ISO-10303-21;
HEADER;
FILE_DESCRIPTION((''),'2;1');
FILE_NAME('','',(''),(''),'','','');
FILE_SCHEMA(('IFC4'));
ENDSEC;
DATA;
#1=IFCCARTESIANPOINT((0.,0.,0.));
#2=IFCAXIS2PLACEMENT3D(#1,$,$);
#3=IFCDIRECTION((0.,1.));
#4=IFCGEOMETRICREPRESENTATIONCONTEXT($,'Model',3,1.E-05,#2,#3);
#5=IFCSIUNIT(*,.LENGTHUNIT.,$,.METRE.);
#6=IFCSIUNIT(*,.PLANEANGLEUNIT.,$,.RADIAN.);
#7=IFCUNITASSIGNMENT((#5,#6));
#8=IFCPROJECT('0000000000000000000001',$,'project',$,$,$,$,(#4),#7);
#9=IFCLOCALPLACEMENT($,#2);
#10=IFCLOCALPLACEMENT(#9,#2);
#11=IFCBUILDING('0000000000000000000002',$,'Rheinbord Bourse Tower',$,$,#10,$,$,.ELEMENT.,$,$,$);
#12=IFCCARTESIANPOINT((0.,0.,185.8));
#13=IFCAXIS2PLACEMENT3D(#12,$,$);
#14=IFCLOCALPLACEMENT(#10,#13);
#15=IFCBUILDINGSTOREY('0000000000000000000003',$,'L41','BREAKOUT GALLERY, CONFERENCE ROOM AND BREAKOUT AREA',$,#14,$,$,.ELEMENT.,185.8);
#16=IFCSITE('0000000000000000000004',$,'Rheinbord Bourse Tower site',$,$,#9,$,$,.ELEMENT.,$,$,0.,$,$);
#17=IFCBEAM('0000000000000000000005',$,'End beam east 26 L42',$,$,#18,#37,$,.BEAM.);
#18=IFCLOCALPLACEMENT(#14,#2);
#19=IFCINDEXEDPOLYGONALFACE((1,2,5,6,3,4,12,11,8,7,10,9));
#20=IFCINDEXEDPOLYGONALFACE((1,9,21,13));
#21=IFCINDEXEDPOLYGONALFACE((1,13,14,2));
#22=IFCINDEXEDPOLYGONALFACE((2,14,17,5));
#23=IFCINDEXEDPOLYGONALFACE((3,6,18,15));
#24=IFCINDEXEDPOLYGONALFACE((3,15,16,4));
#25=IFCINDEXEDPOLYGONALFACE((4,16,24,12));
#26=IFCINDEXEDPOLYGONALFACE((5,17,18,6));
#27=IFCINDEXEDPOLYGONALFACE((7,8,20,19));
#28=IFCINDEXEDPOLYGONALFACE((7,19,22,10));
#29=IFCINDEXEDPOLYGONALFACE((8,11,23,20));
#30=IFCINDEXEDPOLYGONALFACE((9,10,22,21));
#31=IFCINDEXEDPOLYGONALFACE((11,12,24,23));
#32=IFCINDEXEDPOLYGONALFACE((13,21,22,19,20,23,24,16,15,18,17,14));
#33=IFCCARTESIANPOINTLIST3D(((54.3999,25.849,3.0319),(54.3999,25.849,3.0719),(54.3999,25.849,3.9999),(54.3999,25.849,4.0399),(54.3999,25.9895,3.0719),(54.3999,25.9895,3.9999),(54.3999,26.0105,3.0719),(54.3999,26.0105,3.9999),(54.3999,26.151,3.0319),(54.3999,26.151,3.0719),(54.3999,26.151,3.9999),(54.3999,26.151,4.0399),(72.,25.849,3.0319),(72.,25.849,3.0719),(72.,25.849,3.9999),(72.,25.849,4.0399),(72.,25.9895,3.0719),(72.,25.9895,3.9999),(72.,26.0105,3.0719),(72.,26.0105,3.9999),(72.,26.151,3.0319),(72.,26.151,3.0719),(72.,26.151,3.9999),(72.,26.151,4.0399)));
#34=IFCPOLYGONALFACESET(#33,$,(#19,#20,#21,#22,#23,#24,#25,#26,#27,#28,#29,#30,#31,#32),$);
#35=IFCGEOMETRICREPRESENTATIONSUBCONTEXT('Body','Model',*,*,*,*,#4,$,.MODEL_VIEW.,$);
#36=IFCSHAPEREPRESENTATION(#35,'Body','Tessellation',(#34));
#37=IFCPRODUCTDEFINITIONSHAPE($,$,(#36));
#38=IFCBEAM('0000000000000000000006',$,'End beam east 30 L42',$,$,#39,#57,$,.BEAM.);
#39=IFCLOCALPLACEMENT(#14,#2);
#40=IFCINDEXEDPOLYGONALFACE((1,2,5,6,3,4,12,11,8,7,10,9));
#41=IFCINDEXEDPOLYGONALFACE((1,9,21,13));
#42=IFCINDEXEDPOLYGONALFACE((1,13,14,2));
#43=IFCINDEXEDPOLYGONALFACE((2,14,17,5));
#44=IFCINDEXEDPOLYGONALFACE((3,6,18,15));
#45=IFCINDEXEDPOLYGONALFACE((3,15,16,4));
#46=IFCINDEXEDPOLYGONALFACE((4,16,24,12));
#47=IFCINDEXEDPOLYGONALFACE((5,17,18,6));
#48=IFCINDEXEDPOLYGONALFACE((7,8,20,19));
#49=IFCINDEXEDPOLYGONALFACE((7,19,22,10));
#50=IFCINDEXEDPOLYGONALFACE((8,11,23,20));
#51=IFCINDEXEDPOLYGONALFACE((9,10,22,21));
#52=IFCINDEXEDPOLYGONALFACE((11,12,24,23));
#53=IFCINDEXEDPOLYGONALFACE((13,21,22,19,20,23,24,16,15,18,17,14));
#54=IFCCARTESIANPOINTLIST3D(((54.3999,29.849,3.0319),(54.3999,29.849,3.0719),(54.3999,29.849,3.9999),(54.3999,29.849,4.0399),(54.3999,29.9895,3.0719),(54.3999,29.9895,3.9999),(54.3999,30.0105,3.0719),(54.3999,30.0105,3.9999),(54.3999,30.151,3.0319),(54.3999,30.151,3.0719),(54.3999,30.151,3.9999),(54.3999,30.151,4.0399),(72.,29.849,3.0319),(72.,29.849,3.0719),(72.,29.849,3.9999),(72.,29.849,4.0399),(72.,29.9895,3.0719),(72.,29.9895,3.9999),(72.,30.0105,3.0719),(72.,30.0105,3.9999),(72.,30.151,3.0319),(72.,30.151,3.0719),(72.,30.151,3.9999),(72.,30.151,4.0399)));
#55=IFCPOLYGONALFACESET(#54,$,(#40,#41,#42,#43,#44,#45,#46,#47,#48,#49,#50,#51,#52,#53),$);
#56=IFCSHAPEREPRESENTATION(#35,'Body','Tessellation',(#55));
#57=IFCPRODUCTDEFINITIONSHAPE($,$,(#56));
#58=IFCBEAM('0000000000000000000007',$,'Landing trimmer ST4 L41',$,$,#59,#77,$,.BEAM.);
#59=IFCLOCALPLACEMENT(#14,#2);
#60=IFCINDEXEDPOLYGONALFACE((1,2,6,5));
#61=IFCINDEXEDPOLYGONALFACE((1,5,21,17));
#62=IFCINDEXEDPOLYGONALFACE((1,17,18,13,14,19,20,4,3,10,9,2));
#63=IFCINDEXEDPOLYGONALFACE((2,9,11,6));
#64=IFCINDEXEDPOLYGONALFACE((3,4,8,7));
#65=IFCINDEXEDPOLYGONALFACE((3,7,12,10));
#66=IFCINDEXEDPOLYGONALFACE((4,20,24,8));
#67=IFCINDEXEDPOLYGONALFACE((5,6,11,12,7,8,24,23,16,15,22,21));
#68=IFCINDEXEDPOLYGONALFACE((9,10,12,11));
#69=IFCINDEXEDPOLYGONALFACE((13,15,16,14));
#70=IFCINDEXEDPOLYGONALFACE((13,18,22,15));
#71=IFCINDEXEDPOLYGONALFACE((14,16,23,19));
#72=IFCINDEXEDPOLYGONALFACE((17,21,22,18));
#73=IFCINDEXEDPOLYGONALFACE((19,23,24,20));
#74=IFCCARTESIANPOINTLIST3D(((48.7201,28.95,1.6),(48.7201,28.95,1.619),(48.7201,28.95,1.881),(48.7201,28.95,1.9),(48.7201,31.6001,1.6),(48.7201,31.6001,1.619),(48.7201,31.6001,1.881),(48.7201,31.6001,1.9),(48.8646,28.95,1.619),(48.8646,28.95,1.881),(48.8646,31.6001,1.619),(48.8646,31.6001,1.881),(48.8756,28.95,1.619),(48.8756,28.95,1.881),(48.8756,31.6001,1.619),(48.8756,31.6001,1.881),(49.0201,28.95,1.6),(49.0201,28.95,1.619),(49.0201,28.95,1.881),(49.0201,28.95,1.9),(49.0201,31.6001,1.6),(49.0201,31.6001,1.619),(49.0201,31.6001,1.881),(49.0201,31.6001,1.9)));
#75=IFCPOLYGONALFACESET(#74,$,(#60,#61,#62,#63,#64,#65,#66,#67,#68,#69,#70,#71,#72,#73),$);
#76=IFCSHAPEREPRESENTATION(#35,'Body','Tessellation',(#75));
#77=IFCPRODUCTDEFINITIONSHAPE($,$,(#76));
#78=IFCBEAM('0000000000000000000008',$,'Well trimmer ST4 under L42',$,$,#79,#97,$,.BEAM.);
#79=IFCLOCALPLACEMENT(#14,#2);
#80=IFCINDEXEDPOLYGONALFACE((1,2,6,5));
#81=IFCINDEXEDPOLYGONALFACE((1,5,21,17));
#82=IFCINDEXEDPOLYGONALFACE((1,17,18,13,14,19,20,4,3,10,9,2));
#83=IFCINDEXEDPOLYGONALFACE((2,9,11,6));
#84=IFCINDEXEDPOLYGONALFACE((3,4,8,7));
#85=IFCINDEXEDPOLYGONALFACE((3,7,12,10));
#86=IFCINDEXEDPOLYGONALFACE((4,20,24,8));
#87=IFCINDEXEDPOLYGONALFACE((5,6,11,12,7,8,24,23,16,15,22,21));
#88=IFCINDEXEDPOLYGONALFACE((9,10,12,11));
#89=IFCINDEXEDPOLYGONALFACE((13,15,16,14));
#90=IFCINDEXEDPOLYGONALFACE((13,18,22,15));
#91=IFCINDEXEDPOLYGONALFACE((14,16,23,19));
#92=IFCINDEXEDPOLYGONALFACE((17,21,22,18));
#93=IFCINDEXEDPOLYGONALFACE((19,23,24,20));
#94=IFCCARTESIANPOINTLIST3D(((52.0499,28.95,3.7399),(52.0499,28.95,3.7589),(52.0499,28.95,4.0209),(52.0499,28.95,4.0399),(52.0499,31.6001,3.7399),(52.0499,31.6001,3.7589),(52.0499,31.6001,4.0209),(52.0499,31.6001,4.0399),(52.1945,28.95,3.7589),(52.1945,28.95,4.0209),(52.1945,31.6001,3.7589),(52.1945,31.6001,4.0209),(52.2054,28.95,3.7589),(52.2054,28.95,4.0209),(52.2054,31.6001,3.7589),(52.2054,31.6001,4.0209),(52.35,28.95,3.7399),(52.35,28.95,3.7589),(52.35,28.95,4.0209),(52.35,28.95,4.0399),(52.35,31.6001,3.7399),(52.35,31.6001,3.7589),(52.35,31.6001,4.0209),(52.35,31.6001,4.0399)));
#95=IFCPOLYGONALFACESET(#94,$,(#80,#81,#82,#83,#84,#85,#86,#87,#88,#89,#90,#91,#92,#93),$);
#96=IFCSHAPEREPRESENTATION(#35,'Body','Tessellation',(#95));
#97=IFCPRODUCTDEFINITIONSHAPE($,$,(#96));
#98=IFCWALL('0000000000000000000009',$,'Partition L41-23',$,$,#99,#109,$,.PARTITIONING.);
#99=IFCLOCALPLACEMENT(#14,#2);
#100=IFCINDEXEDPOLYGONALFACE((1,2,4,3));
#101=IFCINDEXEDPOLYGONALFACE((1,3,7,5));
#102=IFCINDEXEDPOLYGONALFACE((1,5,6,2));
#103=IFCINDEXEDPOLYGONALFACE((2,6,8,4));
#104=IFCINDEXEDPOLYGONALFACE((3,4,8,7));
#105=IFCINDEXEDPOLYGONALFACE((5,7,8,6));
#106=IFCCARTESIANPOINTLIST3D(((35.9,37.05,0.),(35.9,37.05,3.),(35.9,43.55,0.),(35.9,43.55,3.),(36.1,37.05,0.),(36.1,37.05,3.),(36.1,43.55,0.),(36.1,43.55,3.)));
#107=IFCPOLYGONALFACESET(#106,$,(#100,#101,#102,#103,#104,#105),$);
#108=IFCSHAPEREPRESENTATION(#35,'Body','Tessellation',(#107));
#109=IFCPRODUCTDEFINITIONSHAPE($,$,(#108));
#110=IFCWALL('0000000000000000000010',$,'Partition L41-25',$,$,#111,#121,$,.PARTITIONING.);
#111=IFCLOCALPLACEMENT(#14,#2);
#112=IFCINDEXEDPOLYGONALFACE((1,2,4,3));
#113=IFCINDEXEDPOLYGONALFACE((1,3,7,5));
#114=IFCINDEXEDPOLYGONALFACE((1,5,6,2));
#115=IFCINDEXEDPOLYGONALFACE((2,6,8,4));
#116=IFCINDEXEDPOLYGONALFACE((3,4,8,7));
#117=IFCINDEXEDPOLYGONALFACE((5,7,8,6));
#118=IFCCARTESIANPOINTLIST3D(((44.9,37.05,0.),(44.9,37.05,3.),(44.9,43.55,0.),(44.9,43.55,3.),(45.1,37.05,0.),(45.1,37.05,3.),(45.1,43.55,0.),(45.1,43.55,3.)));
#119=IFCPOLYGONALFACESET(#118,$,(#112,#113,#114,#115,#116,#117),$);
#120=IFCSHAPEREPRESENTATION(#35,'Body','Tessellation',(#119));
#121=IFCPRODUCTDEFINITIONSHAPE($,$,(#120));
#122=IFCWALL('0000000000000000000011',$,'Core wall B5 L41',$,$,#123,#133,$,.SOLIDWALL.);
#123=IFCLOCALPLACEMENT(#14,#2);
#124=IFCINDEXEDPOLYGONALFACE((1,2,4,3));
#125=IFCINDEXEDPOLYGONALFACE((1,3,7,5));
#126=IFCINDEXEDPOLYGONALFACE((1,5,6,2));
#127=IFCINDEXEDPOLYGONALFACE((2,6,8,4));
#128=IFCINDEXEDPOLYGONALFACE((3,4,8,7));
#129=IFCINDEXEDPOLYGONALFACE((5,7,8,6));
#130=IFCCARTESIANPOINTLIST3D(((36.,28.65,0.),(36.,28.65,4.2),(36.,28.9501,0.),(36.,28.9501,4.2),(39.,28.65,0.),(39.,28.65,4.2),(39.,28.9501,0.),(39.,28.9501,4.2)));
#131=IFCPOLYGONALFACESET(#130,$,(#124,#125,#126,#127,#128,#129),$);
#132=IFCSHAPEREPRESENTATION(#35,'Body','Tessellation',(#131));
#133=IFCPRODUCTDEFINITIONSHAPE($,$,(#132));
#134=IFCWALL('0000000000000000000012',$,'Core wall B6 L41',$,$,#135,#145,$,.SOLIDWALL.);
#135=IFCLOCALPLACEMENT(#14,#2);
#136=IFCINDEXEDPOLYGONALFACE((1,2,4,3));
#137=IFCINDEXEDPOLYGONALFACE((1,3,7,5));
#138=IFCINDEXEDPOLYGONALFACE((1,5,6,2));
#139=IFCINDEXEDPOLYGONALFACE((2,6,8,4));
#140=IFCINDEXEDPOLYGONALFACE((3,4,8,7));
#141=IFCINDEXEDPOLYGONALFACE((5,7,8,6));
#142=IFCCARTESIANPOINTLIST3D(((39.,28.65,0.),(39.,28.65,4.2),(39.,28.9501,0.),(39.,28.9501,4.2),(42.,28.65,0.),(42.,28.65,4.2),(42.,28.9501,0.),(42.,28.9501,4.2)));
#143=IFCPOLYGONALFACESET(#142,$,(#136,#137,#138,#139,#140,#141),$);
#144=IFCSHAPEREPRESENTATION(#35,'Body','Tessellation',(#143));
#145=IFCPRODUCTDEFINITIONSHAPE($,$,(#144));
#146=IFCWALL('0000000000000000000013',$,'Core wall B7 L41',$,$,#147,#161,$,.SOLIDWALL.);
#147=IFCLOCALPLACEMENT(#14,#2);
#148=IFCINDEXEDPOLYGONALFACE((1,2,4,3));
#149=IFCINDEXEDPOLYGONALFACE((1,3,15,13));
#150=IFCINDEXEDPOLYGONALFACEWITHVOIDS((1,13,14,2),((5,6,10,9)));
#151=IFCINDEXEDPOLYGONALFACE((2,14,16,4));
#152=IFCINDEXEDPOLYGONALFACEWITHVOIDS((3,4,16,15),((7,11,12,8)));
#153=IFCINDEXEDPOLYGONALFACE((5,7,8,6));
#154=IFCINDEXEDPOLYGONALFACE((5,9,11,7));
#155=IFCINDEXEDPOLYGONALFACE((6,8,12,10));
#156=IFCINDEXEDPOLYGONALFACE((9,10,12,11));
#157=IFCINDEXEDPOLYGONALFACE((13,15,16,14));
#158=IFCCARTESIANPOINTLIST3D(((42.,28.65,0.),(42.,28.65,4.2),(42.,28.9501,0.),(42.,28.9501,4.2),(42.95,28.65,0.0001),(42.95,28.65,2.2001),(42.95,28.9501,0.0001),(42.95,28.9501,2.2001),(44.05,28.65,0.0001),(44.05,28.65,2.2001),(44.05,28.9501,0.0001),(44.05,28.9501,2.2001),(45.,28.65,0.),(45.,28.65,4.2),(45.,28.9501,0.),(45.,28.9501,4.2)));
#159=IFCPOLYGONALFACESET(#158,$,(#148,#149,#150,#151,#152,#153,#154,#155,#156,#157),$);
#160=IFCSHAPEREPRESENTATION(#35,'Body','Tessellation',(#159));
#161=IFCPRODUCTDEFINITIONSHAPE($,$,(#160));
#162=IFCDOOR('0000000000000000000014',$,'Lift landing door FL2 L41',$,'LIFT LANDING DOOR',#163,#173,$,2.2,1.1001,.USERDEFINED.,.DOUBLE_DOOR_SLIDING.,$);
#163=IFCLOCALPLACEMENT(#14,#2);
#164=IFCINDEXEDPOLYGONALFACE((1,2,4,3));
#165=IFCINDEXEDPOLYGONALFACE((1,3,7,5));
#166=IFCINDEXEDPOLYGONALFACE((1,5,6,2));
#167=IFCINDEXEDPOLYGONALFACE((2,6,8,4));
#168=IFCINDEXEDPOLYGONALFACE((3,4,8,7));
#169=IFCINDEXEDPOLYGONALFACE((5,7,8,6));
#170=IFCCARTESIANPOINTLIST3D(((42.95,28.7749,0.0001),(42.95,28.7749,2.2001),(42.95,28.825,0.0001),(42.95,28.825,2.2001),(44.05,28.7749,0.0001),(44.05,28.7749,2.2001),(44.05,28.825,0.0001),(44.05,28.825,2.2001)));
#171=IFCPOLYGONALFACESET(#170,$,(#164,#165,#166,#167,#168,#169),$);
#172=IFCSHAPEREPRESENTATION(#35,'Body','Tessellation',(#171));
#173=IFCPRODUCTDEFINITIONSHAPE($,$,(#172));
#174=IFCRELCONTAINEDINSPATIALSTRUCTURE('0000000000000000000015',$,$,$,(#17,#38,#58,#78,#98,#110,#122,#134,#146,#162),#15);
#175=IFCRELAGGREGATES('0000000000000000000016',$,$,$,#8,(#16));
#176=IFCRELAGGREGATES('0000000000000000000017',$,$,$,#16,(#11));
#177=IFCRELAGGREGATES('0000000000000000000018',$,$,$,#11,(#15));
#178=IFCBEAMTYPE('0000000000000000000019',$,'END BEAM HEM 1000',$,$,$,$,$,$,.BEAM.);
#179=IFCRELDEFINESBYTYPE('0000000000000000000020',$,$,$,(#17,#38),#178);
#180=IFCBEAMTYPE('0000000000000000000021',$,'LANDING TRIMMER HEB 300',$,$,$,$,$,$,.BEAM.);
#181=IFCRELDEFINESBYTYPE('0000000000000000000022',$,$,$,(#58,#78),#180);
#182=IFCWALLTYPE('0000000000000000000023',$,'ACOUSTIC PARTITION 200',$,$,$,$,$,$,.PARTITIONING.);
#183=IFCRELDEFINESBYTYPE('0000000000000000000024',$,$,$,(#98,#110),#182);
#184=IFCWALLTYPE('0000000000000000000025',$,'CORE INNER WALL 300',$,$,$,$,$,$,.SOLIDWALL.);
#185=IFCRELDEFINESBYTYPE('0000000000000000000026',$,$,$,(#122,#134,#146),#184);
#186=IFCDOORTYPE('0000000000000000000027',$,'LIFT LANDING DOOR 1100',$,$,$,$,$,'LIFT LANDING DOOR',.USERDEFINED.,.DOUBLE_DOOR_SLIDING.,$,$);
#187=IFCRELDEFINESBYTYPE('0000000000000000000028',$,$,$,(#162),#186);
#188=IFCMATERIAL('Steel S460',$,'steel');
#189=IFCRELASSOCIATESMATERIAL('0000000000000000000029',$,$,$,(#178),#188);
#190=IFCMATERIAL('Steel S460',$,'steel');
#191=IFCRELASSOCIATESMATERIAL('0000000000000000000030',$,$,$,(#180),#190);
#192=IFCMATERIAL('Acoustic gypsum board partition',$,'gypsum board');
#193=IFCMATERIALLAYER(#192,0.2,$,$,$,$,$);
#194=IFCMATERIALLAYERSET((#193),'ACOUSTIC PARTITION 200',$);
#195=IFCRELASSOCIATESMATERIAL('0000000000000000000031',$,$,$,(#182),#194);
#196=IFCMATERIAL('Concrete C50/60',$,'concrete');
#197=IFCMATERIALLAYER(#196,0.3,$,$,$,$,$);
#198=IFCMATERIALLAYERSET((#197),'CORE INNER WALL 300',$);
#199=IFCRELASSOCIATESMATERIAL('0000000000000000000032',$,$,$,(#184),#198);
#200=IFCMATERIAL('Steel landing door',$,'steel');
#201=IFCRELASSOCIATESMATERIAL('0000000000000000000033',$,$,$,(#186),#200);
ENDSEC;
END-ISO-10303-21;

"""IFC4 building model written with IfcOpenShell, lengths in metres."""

from ifc_helpers import new_model, si_unit, direction, frame, frame_2d, origin, origin_2d, place, context, subcontext, project, spatial, rectangle, i_section, extrude, material, layer, layer_set, material_profile, profile_set, type_object, element, fill, save


model = new_model("IFC4")

# Units and contexts
model_context = context("Model", 3, precision=1e-05, world=origin(), true_north=direction((0.0, 1.0)))
body_context = subcontext(model_context, "Body", "Model", "MODEL_VIEW")
ifc_project = project(units=[si_unit("LENGTHUNIT", "METRE"), si_unit("PLANEANGLEUNIT", "RADIAN")], contexts=[model_context])

# Site, building, storey
site_placement = place(None, origin())
site = spatial("IfcSite", under=ifc_project, at=site_placement, Name="Rheinbord Bourse Tower site", CompositionType="ELEMENT", RefElevation=0.0)
building_placement = place(site_placement, origin())
building = spatial("IfcBuilding", under=site, at=building_placement, Name="Rheinbord Bourse Tower", CompositionType="ELEMENT")
storey_placement = place(building_placement, frame((0.0, 0.0, 185.8)))
storey = spatial("IfcBuildingStorey", under=building, at=storey_placement, Name="L41", Description="BREAKOUT GALLERY, CONFERENCE ROOM AND BREAKOUT AREA", CompositionType="ELEMENT", Elevation=185.8)

# Beams
ifc_material_1 = material(Name="Steel S460", Category="steel")
ifc_material_profile_1 = material_profile(ifc_material_1, i_section(OverallWidth=0.302, OverallDepth=1.0081, WebThickness=0.021, FlangeThickness=0.04, at=origin_2d()), Name="HEM 1000")
ifc_profile_set_1 = profile_set([ifc_material_profile_1], Name="Steel S460")
beam_type_1 = type_object("IfcBeamType", Name="END BEAM HEM 1000", PredefinedType="BEAM", material=ifc_profile_set_1)
for number, where, z_axis, x_axis, name in (
    (1, (54.3999, 26.0, 3.5359), (1.0, 0.0, 0.0), (0.0, 1.0, 0.0), "End beam east 26 L42"),
    (2, (54.3999, 30.0, 3.5359), (1.0, 0.0, 0.0), (0.0, 1.0, 0.0), "End beam east 30 L42"),
):
    element("IfcBeam", number, at=place(storey_placement, frame(where, z_axis=z_axis, x_axis=x_axis)), inside=storey, type_object=beam_type_1, Name=name, PredefinedType="BEAM", context=body_context, shape_type="SweptSolid", body=[
        extrude(i_section(OverallWidth=0.302, OverallDepth=1.0081, WebThickness=0.021, FlangeThickness=0.04, at=origin_2d()), origin(), (0.0, 0.0, 1.0), 17.6001),
    ])
ifc_material_2 = material(Name="Steel S460", Category="steel")
ifc_material_profile_2 = material_profile(ifc_material_2, i_section(OverallWidth=0.3, OverallDepth=0.3, WebThickness=0.011, FlangeThickness=0.019, at=origin_2d()), Name="HEB 300")
ifc_profile_set_2 = profile_set([ifc_material_profile_2], Name="Steel S460")
beam_type_2 = type_object("IfcBeamType", Name="LANDING TRIMMER HEB 300", PredefinedType="BEAM", material=ifc_profile_set_2)
for number, where, z_axis, x_axis, name in (
    (3, (48.8701, 28.95, 1.75), (0.0, 1.0, 0.0), (-1.0, 0.0, 0.0), "Landing trimmer ST4 L41"),
    (4, (52.2, 28.95, 3.8899), (0.0, 1.0, 0.0), (-1.0, 0.0, 0.0), "Well trimmer ST4 under L42"),
):
    element("IfcBeam", number, at=place(storey_placement, frame(where, z_axis=z_axis, x_axis=x_axis)), inside=storey, type_object=beam_type_2, Name=name, PredefinedType="BEAM", context=body_context, shape_type="SweptSolid", body=[
        extrude(i_section(OverallWidth=0.3, OverallDepth=0.3, WebThickness=0.011, FlangeThickness=0.019, at=origin_2d()), origin(), (0.0, 0.0, 1.0), 2.6501),
    ])

# Walls
ifc_material_3 = material(Name="Acoustic gypsum board partition", Category="gypsum board")
ifc_layer_1 = layer(ifc_material_3, 0.2)
ifc_layer_set_1 = layer_set([ifc_layer_1], Name="ACOUSTIC PARTITION 200")
wall_type_1 = type_object("IfcWallType", Name="ACOUSTIC PARTITION 200", PredefinedType="PARTITIONING", material=ifc_layer_set_1)
for number, where, z_axis, x_axis, name in (
    (5, (36.0, 37.05, 0.0), (0.0, 0.0, 1.0), (0.0, 1.0, 0.0), "Partition L41-23"),
    (6, (45.0, 37.05, 0.0), (0.0, 0.0, 1.0), (0.0, 1.0, 0.0), "Partition L41-25"),
):
    element("IfcWall", number, at=place(storey_placement, frame(where, z_axis=z_axis, x_axis=x_axis)), inside=storey, type_object=wall_type_1, Name=name, PredefinedType="PARTITIONING", context=body_context, shape_type="SweptSolid", body=[
        extrude(rectangle(XDim=6.5, YDim=0.2, at=frame_2d((3.25, 0.0))), origin(), (0.0, 0.0, 1.0), 3.0),
    ])
ifc_material_4 = material(Name="Concrete C50/60", Category="concrete")
ifc_layer_2 = layer(ifc_material_4, 0.3)
ifc_layer_set_2 = layer_set([ifc_layer_2], Name="CORE INNER WALL 300")
wall_type_2 = type_object("IfcWallType", Name="CORE INNER WALL 300", PredefinedType="SOLIDWALL", material=ifc_layer_set_2)
for number, where, z_axis, x_axis, name in (
    (7, (36.0, 28.8, 0.0), (0.0, 0.0, 1.0), (1.0, 0.0, 0.0), "Core wall B5 L41"),
    (8, (39.0, 28.8, 0.0), (0.0, 0.0, 1.0), (1.0, 0.0, 0.0), "Core wall B6 L41"),
):
    element("IfcWall", number, at=place(storey_placement, frame(where, z_axis=z_axis, x_axis=x_axis)), inside=storey, type_object=wall_type_2, Name=name, PredefinedType="SOLIDWALL", context=body_context, shape_type="SweptSolid", body=[
        extrude(rectangle(XDim=3.0, YDim=0.3, at=frame_2d((1.5, 0.0))), origin(), (0.0, 0.0, 1.0), 4.2),
    ])

# Wall, opening, door
wall_1_placement = place(storey_placement, frame((42.0, 28.8, 0.0), z_axis=(0.0, 0.0, 1.0), x_axis=(1.0, 0.0, 0.0)))
wall_1 = element("IfcWall", 9, at=wall_1_placement, inside=storey, type_object=wall_type_2, Name="Core wall B7 L41", PredefinedType="SOLIDWALL", context=body_context, shape_type="SweptSolid", body=[
    extrude(rectangle(XDim=3.0, YDim=0.3, at=frame_2d((1.5, 0.0))), origin(), (0.0, 0.0, 1.0), 4.2),
])
opening_1_placement = place(wall_1_placement, frame((0.95, 0.0, 0.0)))
opening_1 = element("IfcOpeningElement", 10, at=opening_1_placement, cuts=wall_1, PredefinedType="OPENING", context=body_context, shape_type="SweptSolid", body=[
    extrude(rectangle(XDim=1.1001, YDim=2.2, at=frame_2d((0.55, 1.1001))), frame((0.0, 0.1599, 0.0), z_axis=(0.0, -1.0, 0.0), x_axis=(1.0, 0.0, 0.0)), (0.0, 0.0, 1.0), 0.3201),
])
ifc_material_5 = material(Name="Steel landing door", Category="steel")
door_type_1 = type_object("IfcDoorType", Name="LIFT LANDING DOOR 1100", ElementType="LIFT LANDING DOOR", OperationType="DOUBLE_DOOR_SLIDING", PredefinedType="USERDEFINED", material=ifc_material_5)
door_1_placement = place(opening_1_placement, origin())
door_1 = element("IfcDoor", 11, at=door_1_placement, inside=storey, type_object=door_type_1, Name="Lift landing door FL2 L41", ObjectType="LIFT LANDING DOOR", OperationType="DOUBLE_DOOR_SLIDING", OverallHeight=2.2, OverallWidth=1.1001, PredefinedType="USERDEFINED", context=body_context, shape_type="SweptSolid", body=[
    extrude(rectangle(XDim=1.1001, YDim=2.2, at=frame_2d((0.55, 1.1001))), frame((0.0, 0.0249, 0.0), z_axis=(0.0, -1.0, 0.0), x_axis=(1.0, 0.0, 0.0)), (0.0, 0.0, 1.0), 0.05),
])
fill(opening_1, door_1)

save(model, "model.ifc")
